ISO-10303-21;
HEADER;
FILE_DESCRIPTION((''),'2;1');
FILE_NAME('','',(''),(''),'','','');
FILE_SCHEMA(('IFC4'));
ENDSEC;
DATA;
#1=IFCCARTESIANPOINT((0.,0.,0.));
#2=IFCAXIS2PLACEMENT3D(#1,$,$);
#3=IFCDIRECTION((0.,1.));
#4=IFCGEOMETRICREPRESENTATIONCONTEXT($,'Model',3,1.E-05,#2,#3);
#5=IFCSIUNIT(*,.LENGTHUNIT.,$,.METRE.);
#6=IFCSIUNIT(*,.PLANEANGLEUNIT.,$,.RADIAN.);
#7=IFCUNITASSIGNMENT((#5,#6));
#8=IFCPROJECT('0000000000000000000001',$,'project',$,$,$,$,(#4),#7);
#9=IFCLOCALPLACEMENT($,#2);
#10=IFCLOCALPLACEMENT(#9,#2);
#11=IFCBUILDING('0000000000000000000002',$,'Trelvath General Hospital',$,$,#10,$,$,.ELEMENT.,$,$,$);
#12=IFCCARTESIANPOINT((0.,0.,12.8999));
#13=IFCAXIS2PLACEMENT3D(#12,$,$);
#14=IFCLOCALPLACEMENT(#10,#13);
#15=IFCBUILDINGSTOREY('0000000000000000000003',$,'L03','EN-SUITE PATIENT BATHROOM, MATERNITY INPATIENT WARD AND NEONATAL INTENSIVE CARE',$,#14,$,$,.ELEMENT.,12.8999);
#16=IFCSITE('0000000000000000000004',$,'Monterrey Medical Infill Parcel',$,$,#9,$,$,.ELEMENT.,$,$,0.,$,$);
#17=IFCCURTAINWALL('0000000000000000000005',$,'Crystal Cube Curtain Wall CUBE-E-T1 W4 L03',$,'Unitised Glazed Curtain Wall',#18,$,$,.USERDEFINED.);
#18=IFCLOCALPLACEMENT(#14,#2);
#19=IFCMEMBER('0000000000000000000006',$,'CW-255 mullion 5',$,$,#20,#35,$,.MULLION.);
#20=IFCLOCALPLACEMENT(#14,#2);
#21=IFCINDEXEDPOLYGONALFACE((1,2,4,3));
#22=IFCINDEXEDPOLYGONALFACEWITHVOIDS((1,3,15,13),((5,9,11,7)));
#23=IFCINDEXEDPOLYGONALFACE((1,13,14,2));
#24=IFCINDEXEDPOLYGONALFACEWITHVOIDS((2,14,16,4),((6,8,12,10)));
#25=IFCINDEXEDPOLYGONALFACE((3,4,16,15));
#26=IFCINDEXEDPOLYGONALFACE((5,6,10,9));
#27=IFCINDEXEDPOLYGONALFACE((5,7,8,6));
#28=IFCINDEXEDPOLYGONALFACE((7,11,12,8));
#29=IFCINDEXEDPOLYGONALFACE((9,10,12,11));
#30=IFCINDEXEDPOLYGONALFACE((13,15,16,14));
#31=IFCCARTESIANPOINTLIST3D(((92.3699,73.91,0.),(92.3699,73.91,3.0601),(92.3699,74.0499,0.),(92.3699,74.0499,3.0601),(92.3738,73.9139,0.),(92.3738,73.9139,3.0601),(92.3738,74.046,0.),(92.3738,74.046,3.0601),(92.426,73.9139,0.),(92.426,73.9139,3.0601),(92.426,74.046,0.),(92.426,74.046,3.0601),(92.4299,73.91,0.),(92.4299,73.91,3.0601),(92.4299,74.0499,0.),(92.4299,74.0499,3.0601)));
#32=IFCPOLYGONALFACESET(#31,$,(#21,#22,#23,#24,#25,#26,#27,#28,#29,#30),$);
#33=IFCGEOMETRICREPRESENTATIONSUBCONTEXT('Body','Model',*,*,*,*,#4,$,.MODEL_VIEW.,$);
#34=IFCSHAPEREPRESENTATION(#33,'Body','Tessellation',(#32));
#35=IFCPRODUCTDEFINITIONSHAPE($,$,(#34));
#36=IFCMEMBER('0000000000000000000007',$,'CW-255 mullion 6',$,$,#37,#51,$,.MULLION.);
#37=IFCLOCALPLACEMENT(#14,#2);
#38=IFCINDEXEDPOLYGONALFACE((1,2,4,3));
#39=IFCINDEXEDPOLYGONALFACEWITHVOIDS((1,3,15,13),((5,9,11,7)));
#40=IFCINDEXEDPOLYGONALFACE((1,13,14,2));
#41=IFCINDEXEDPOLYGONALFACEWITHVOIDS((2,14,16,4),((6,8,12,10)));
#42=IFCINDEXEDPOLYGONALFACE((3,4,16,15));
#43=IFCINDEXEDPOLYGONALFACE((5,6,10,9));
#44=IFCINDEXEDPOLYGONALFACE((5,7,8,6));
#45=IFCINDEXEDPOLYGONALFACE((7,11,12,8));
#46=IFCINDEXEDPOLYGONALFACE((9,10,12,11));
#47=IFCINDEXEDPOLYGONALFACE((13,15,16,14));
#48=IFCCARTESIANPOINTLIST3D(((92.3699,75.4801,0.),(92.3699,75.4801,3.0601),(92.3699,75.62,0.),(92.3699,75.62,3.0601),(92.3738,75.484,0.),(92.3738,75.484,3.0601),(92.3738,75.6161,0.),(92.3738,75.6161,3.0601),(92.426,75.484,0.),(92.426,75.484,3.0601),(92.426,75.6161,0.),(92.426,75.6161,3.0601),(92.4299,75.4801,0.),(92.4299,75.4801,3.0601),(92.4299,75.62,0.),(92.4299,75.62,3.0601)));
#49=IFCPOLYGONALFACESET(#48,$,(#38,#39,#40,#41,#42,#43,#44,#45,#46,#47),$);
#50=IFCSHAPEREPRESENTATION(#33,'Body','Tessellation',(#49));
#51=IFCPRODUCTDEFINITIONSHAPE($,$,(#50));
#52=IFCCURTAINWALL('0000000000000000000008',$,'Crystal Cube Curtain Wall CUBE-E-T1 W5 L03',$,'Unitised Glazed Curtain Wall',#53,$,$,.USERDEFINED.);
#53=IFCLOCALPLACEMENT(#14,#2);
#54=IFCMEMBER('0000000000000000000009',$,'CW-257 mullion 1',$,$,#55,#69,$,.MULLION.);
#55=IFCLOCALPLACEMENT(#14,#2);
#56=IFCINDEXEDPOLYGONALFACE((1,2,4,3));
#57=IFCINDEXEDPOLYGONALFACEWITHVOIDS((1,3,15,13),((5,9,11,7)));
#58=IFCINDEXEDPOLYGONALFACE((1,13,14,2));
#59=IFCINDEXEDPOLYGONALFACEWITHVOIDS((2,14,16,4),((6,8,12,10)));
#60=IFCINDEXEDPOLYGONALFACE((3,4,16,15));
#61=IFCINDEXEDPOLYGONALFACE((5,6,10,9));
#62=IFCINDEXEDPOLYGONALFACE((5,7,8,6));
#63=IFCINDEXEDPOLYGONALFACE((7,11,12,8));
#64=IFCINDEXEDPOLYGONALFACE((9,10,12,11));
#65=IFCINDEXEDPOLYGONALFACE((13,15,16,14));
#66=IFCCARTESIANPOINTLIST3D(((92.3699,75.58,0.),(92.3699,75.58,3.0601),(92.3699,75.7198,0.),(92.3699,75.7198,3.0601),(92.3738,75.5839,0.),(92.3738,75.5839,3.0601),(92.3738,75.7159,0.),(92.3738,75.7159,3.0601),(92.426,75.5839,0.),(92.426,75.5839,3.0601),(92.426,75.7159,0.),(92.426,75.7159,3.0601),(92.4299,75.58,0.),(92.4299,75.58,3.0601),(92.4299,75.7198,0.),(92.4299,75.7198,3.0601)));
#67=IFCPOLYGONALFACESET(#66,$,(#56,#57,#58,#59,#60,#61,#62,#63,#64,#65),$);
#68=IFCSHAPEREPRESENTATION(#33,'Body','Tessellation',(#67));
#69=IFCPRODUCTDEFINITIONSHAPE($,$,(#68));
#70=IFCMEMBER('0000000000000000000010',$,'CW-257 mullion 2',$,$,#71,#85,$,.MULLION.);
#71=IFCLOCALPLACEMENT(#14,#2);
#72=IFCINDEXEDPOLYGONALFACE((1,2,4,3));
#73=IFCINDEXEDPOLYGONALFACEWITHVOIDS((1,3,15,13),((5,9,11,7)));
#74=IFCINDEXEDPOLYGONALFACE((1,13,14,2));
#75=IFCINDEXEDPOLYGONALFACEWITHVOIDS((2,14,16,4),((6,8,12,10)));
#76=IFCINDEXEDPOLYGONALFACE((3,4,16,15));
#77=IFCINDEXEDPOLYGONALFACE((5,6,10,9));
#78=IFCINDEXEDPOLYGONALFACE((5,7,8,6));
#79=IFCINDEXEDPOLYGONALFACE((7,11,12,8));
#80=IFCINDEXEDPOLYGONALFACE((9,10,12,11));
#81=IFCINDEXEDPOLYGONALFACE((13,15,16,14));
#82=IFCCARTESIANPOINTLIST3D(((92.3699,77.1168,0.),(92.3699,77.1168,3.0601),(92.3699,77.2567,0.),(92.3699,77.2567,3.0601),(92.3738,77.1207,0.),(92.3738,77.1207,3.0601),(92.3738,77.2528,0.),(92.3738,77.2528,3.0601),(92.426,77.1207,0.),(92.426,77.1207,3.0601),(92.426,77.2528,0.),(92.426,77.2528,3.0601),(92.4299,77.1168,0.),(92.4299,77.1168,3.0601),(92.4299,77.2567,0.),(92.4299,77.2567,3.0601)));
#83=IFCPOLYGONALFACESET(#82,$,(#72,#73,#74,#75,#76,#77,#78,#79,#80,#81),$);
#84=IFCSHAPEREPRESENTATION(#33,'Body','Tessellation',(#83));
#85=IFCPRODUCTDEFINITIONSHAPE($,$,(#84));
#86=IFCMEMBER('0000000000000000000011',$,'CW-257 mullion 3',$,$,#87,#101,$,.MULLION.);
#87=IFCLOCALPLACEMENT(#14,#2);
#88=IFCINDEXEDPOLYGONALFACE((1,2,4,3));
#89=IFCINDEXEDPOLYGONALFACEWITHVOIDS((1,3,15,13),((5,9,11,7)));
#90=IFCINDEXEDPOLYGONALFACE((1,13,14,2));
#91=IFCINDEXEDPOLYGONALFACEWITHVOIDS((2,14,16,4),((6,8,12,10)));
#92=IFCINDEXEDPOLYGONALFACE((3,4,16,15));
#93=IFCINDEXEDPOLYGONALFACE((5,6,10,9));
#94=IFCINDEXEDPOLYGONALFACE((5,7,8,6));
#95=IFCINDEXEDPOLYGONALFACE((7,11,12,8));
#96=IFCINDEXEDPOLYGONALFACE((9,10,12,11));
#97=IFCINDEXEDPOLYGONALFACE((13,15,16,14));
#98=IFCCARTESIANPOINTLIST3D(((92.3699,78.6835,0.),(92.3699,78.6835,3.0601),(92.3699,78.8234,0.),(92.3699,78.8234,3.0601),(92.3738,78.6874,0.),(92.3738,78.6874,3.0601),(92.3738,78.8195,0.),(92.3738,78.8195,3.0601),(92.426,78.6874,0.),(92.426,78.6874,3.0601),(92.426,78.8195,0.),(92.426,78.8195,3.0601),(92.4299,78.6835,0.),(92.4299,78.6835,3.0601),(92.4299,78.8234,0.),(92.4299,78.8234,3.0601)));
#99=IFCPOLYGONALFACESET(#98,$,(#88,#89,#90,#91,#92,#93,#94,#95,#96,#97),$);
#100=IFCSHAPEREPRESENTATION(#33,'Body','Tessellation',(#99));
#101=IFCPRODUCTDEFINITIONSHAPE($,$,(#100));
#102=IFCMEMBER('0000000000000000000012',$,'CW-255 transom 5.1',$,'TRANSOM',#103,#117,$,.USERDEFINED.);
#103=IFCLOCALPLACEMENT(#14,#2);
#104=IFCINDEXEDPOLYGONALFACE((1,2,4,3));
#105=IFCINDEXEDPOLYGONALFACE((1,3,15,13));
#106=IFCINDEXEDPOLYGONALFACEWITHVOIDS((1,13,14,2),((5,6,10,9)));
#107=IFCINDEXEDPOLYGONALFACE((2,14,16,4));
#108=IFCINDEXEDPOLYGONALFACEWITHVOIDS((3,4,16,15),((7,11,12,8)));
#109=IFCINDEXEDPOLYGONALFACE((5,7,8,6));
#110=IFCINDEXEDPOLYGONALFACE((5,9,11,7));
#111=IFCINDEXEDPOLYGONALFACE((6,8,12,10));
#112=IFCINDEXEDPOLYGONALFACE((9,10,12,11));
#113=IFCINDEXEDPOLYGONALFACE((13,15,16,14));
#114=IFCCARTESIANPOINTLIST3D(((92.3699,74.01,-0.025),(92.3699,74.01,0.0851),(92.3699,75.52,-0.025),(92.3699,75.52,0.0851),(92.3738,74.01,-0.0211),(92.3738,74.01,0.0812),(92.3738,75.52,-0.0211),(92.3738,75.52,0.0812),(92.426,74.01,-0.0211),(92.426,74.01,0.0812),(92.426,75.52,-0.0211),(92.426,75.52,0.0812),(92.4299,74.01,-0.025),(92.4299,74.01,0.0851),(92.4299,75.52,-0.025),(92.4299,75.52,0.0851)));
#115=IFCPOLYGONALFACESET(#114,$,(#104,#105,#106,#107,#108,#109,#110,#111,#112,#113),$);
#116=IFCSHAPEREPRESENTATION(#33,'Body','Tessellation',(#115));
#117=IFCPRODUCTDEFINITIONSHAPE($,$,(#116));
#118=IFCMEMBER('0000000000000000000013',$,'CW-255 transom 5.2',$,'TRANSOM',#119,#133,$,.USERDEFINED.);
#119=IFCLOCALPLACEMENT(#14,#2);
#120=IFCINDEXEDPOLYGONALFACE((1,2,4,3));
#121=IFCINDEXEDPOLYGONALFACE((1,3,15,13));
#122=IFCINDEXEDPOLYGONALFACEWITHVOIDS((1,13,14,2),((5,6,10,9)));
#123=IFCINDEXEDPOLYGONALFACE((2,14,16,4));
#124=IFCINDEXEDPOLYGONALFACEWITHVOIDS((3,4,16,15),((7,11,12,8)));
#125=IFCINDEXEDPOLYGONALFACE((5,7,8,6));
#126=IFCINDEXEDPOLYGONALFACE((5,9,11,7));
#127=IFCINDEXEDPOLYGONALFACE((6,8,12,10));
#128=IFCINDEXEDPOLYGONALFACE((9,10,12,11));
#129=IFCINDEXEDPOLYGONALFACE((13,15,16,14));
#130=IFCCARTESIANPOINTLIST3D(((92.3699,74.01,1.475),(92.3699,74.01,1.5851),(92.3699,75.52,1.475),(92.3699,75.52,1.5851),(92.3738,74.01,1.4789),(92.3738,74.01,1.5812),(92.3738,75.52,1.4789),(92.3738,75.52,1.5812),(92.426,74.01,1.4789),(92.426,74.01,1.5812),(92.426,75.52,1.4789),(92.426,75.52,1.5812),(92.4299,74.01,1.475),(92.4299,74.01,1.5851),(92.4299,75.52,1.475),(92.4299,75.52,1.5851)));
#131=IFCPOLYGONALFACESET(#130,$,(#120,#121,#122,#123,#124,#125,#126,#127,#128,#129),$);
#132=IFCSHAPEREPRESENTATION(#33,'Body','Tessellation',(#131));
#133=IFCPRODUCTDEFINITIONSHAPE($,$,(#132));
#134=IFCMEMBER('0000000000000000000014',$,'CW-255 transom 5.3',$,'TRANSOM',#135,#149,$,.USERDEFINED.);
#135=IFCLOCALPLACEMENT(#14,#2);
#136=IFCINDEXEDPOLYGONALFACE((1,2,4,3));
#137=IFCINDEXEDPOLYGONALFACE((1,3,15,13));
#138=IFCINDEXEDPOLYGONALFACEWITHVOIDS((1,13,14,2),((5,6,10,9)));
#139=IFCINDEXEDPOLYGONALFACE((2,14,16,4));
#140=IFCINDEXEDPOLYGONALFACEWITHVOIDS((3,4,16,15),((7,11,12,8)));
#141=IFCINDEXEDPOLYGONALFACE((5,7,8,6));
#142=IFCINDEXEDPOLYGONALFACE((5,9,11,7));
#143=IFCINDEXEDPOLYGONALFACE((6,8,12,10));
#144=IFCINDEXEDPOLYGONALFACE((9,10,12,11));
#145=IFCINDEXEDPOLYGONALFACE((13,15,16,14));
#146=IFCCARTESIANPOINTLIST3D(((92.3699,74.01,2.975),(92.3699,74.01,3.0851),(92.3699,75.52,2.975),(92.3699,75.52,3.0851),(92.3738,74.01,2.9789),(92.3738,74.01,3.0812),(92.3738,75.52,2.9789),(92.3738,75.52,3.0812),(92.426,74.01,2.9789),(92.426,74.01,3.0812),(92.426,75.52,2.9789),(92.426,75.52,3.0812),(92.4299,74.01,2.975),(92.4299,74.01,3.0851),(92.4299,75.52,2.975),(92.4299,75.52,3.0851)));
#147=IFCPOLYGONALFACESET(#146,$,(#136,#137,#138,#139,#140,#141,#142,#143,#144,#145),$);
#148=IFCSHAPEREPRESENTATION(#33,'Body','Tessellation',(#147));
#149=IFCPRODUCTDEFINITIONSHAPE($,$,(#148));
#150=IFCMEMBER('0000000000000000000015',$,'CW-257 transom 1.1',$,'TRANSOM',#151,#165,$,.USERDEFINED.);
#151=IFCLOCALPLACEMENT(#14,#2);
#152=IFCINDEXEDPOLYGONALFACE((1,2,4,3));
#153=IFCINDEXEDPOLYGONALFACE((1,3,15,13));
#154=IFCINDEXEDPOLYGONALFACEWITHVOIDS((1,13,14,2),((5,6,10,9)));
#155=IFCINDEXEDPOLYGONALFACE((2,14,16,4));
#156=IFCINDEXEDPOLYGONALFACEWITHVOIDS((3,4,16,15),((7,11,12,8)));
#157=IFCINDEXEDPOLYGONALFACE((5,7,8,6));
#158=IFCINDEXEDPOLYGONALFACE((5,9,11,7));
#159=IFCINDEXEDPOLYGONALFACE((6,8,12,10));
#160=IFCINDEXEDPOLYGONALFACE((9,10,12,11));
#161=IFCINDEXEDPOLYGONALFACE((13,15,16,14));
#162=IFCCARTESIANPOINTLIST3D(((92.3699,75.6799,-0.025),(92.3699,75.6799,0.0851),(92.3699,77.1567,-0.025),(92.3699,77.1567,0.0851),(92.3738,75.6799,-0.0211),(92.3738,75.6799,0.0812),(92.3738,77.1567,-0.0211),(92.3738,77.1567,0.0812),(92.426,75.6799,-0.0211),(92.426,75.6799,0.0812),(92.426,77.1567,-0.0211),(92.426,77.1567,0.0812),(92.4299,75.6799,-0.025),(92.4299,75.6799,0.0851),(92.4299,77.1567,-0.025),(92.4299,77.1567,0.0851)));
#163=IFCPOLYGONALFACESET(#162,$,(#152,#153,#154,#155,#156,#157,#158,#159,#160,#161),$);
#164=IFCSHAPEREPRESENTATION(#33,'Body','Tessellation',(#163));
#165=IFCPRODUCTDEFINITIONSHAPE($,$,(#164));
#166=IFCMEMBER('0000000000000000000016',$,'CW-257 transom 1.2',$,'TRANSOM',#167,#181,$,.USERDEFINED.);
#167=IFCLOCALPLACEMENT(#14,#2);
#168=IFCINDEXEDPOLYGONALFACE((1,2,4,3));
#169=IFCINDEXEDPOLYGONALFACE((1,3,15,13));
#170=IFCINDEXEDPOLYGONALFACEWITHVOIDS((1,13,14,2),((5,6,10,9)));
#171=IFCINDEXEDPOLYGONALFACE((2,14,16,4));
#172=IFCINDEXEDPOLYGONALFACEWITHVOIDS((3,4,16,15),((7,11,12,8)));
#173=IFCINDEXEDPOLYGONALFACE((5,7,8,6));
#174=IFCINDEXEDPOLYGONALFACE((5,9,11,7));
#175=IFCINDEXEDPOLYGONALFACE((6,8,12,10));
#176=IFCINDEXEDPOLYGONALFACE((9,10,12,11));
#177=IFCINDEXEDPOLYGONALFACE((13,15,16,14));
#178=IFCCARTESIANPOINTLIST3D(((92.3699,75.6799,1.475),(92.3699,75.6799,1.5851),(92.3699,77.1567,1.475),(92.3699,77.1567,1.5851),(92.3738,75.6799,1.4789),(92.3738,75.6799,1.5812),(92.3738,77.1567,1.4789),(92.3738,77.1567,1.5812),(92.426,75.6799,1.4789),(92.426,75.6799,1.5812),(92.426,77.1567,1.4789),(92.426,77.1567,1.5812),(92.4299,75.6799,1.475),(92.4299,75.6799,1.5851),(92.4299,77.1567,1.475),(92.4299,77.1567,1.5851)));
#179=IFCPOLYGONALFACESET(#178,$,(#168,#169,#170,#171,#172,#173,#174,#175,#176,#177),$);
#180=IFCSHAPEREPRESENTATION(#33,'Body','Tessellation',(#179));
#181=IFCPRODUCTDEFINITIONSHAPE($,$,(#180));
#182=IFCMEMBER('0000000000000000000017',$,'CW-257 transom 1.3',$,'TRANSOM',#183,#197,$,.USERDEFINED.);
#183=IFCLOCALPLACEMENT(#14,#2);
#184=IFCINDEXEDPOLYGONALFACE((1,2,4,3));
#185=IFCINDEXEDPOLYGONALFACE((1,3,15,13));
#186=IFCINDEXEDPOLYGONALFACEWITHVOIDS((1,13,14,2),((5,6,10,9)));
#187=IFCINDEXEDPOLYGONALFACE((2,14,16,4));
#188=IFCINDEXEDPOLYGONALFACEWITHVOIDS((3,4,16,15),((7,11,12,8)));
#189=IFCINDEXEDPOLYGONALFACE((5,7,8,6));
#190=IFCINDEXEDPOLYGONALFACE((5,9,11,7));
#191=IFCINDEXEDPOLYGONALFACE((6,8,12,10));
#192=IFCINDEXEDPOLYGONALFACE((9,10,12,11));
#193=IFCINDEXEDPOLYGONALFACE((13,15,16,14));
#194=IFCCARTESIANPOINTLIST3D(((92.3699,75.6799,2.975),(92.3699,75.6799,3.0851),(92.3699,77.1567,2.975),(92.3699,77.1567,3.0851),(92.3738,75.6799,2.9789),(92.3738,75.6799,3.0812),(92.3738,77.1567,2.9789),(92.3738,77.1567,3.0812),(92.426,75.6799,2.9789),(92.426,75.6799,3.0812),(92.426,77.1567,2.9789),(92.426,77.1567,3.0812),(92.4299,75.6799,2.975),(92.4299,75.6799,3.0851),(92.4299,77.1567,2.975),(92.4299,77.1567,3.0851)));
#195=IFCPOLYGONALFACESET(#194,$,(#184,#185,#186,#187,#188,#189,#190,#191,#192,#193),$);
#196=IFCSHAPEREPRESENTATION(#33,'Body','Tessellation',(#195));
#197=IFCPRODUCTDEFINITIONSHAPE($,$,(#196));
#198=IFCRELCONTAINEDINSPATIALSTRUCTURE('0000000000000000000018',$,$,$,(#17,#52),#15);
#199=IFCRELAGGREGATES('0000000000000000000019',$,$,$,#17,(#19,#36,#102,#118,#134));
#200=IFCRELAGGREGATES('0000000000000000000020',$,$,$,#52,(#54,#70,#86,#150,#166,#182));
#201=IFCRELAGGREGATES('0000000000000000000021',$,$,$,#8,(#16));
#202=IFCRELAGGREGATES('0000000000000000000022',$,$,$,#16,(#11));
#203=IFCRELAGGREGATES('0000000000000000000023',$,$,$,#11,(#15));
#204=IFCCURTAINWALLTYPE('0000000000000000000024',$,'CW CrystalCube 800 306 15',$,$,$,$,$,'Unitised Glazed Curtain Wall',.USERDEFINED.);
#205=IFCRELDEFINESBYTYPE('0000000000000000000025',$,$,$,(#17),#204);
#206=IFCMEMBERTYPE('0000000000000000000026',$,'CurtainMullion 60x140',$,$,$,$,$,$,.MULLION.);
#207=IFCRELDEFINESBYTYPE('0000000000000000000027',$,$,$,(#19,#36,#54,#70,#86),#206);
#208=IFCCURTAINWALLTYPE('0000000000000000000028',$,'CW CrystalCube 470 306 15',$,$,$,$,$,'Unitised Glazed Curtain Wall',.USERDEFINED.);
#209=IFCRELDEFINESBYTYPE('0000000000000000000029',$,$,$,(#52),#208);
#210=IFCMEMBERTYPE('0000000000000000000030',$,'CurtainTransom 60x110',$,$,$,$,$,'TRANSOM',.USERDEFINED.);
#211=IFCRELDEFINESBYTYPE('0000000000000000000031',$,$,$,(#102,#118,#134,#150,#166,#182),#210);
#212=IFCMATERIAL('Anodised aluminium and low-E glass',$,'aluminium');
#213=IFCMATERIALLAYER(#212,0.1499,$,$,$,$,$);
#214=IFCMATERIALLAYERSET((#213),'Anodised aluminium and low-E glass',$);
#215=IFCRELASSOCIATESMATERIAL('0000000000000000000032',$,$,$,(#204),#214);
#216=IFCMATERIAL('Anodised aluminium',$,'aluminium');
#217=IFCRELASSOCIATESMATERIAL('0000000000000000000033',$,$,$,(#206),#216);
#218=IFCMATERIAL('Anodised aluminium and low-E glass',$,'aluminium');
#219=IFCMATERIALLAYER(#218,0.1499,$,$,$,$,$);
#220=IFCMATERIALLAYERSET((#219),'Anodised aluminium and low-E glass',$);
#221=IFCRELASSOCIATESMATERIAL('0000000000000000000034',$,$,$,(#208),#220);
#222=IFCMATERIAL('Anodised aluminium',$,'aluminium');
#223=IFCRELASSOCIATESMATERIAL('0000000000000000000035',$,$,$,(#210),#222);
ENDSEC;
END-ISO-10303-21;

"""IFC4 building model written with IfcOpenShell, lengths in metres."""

from ifc_helpers import new_model, si_unit, direction, frame, origin, origin_2d, place, context, subcontext, project, spatial, hollow_rectangle, extrude, material, layer, layer_set, material_profile, profile_set, type_object, element, aggregate, save


model = new_model("IFC4")

# Units and contexts
model_context = context("Model", 3, precision=1e-05, world=origin(), true_north=direction((0.0, 1.0)))
body_context = subcontext(model_context, "Body", "Model", "MODEL_VIEW")
ifc_project = project(units=[si_unit("LENGTHUNIT", "METRE"), si_unit("PLANEANGLEUNIT", "RADIAN")], contexts=[model_context])

# Site, building, storey
site_placement = place(None, origin())
site = spatial("IfcSite", under=ifc_project, at=site_placement, Name="Monterrey Medical Infill Parcel", CompositionType="ELEMENT", RefElevation=0.0)
building_placement = place(site_placement, origin())
building = spatial("IfcBuilding", under=site, at=building_placement, Name="Trelvath General Hospital", CompositionType="ELEMENT")
storey_placement = place(building_placement, frame((0.0, 0.0, 12.8999)))
storey = spatial("IfcBuildingStorey", under=building, at=storey_placement, Name="L03", Description="EN-SUITE PATIENT BATHROOM, MATERNITY INPATIENT WARD AND NEONATAL INTENSIVE CARE", CompositionType="ELEMENT", Elevation=12.8999)

# Curtain walls, members
ifc_material_1 = material(Name="Anodised aluminium and low-E glass", Category="aluminium")
ifc_layer_1 = layer(ifc_material_1, 0.1499)
ifc_layer_set_1 = layer_set([ifc_layer_1], Name="Anodised aluminium and low-E glass")
curtain_wall_type_1 = type_object("IfcCurtainWallType", Name="CW CrystalCube 800 306 15", ElementType="Unitised Glazed Curtain Wall", PredefinedType="USERDEFINED", material=ifc_layer_set_1)
curtain_wall_1_placement = place(storey_placement, origin())
curtain_wall_1 = element("IfcCurtainWall", 1, at=curtain_wall_1_placement, inside=storey, type_object=curtain_wall_type_1, Name="Crystal Cube Curtain Wall CUBE-E-T1 W4 L03", ObjectType="Unitised Glazed Curtain Wall", PredefinedType="USERDEFINED")
ifc_material_2 = material(Name="Anodised aluminium", Category="aluminium")
ifc_material_profile_1 = material_profile(ifc_material_2, hollow_rectangle(XDim=0.0601, YDim=0.1399, WallThickness=0.0039, at=origin_2d()), Name="RHS60x140x4")
ifc_profile_set_1 = profile_set([ifc_material_profile_1], Name="Anodised aluminium")
member_type_1 = type_object("IfcMemberType", Name="CurtainMullion 60x140", PredefinedType="MULLION", material=ifc_profile_set_1)
member_1_placement = place(storey_placement, frame((92.3999, 73.98, 0.0), z_axis=(0.0, 0.0, 1.0), x_axis=(-1.0, 0.0, 0.0)))
member_1 = element("IfcMember", 2, at=member_1_placement, type_object=member_type_1, Name="CW-255 mullion 5", PredefinedType="MULLION", context=body_context, shape_type="SweptSolid", body=[
    extrude(hollow_rectangle(XDim=0.0601, YDim=0.1399, WallThickness=0.0039, at=origin_2d()), origin(), (0.0, 0.0, 1.0), 3.0601),
])
member_2_placement = place(storey_placement, frame((92.3999, 75.55, 0.0), z_axis=(0.0, 0.0, 1.0), x_axis=(-1.0, 0.0, 0.0)))
member_2 = element("IfcMember", 3, at=member_2_placement, type_object=member_type_1, Name="CW-255 mullion 6", PredefinedType="MULLION", context=body_context, shape_type="SweptSolid", body=[
    extrude(hollow_rectangle(XDim=0.0601, YDim=0.1399, WallThickness=0.0039, at=origin_2d()), origin(), (0.0, 0.0, 1.0), 3.0601),
])
ifc_material_3 = material(Name="Anodised aluminium and low-E glass", Category="aluminium")
ifc_layer_2 = layer(ifc_material_3, 0.1499)
ifc_layer_set_2 = layer_set([ifc_layer_2], Name="Anodised aluminium and low-E glass")
curtain_wall_type_2 = type_object("IfcCurtainWallType", Name="CW CrystalCube 470 306 15", ElementType="Unitised Glazed Curtain Wall", PredefinedType="USERDEFINED", material=ifc_layer_set_2)
curtain_wall_2_placement = place(storey_placement, origin())
curtain_wall_2 = element("IfcCurtainWall", 4, at=curtain_wall_2_placement, inside=storey, type_object=curtain_wall_type_2, Name="Crystal Cube Curtain Wall CUBE-E-T1 W5 L03", ObjectType="Unitised Glazed Curtain Wall", PredefinedType="USERDEFINED")
member_3_placement = place(storey_placement, frame((92.3999, 75.6499, 0.0), z_axis=(0.0, 0.0, 1.0), x_axis=(-1.0, 0.0, 0.0)))
member_3 = element("IfcMember", 5, at=member_3_placement, type_object=member_type_1, Name="CW-257 mullion 1", PredefinedType="MULLION", context=body_context, shape_type="SweptSolid", body=[
    extrude(hollow_rectangle(XDim=0.0601, YDim=0.1399, WallThickness=0.0039, at=origin_2d()), origin(), (0.0, 0.0, 1.0), 3.0601),
])
member_4_placement = place(storey_placement, frame((92.3999, 77.1868, 0.0), z_axis=(0.0, 0.0, 1.0), x_axis=(-1.0, 0.0, 0.0)))
member_4 = element("IfcMember", 6, at=member_4_placement, type_object=member_type_1, Name="CW-257 mullion 2", PredefinedType="MULLION", context=body_context, shape_type="SweptSolid", body=[
    extrude(hollow_rectangle(XDim=0.0601, YDim=0.1399, WallThickness=0.0039, at=origin_2d()), origin(), (0.0, 0.0, 1.0), 3.0601),
])
member_5_placement = place(storey_placement, frame((92.3999, 78.7534, 0.0), z_axis=(0.0, 0.0, 1.0), x_axis=(-1.0, 0.0, 0.0)))
member_5 = element("IfcMember", 7, at=member_5_placement, type_object=member_type_1, Name="CW-257 mullion 3", PredefinedType="MULLION", context=body_context, shape_type="SweptSolid", body=[
    extrude(hollow_rectangle(XDim=0.0601, YDim=0.1399, WallThickness=0.0039, at=origin_2d()), origin(), (0.0, 0.0, 1.0), 3.0601),
])

# Members
ifc_material_4 = material(Name="Anodised aluminium", Category="aluminium")
ifc_material_profile_2 = material_profile(ifc_material_4, hollow_rectangle(XDim=0.0601, YDim=0.1101, WallThickness=0.0039, at=origin_2d()), Name="RHS60x110x4")
ifc_profile_set_2 = profile_set([ifc_material_profile_2], Name="Anodised aluminium")
member_type_2 = type_object("IfcMemberType", Name="CurtainTransom 60x110", ElementType="TRANSOM", PredefinedType="USERDEFINED", material=ifc_profile_set_2)
member_6_placement = place(storey_placement, frame((92.3999, 74.01, 0.03), z_axis=(0.0, 1.0, 0.0), x_axis=(-1.0, 0.0, 0.0)))
member_6 = element("IfcMember", 8, at=member_6_placement, type_object=member_type_2, Name="CW-255 transom 5.1", ObjectType="TRANSOM", PredefinedType="USERDEFINED", context=body_context, shape_type="SweptSolid", body=[
    extrude(hollow_rectangle(XDim=0.0601, YDim=0.1101, WallThickness=0.0039, at=origin_2d()), origin(), (0.0, 0.0, 1.0), 1.51),
])
member_7_placement = place(storey_placement, frame((92.3999, 74.01, 1.53), z_axis=(0.0, 1.0, 0.0), x_axis=(-1.0, 0.0, 0.0)))
member_7 = element("IfcMember", 9, at=member_7_placement, type_object=member_type_2, Name="CW-255 transom 5.2", ObjectType="TRANSOM", PredefinedType="USERDEFINED", context=body_context, shape_type="SweptSolid", body=[
    extrude(hollow_rectangle(XDim=0.0601, YDim=0.1101, WallThickness=0.0039, at=origin_2d()), origin(), (0.0, 0.0, 1.0), 1.51),
])
member_8_placement = place(storey_placement, frame((92.3999, 74.01, 3.03), z_axis=(0.0, 1.0, 0.0), x_axis=(-1.0, 0.0, 0.0)))
member_8 = element("IfcMember", 10, at=member_8_placement, type_object=member_type_2, Name="CW-255 transom 5.3", ObjectType="TRANSOM", PredefinedType="USERDEFINED", context=body_context, shape_type="SweptSolid", body=[
    extrude(hollow_rectangle(XDim=0.0601, YDim=0.1101, WallThickness=0.0039, at=origin_2d()), origin(), (0.0, 0.0, 1.0), 1.51),
])
member_9_placement = place(storey_placement, frame((92.3999, 75.6799, 0.03), z_axis=(0.0, 1.0, 0.0), x_axis=(-1.0, 0.0, 0.0)))
member_9 = element("IfcMember", 11, at=member_9_placement, type_object=member_type_2, Name="CW-257 transom 1.1", ObjectType="TRANSOM", PredefinedType="USERDEFINED", context=body_context, shape_type="SweptSolid", body=[
    extrude(hollow_rectangle(XDim=0.0601, YDim=0.1101, WallThickness=0.0039, at=origin_2d()), origin(), (0.0, 0.0, 1.0), 1.4768),
])
member_10_placement = place(storey_placement, frame((92.3999, 75.6799, 1.53), z_axis=(0.0, 1.0, 0.0), x_axis=(-1.0, 0.0, 0.0)))
member_10 = element("IfcMember", 12, at=member_10_placement, type_object=member_type_2, Name="CW-257 transom 1.2", ObjectType="TRANSOM", PredefinedType="USERDEFINED", context=body_context, shape_type="SweptSolid", body=[
    extrude(hollow_rectangle(XDim=0.0601, YDim=0.1101, WallThickness=0.0039, at=origin_2d()), origin(), (0.0, 0.0, 1.0), 1.4768),
])
member_11_placement = place(storey_placement, frame((92.3999, 75.6799, 3.03), z_axis=(0.0, 1.0, 0.0), x_axis=(-1.0, 0.0, 0.0)))
member_11 = element("IfcMember", 13, at=member_11_placement, type_object=member_type_2, Name="CW-257 transom 1.3", ObjectType="TRANSOM", PredefinedType="USERDEFINED", context=body_context, shape_type="SweptSolid", body=[
    extrude(hollow_rectangle(XDim=0.0601, YDim=0.1101, WallThickness=0.0039, at=origin_2d()), origin(), (0.0, 0.0, 1.0), 1.4768),
])

aggregate(curtain_wall_1, [member_1, member_2, member_6, member_7, member_8])
aggregate(curtain_wall_2, [member_3, member_4, member_5, member_9, member_10, member_11])

save(model, "model.ifc")
